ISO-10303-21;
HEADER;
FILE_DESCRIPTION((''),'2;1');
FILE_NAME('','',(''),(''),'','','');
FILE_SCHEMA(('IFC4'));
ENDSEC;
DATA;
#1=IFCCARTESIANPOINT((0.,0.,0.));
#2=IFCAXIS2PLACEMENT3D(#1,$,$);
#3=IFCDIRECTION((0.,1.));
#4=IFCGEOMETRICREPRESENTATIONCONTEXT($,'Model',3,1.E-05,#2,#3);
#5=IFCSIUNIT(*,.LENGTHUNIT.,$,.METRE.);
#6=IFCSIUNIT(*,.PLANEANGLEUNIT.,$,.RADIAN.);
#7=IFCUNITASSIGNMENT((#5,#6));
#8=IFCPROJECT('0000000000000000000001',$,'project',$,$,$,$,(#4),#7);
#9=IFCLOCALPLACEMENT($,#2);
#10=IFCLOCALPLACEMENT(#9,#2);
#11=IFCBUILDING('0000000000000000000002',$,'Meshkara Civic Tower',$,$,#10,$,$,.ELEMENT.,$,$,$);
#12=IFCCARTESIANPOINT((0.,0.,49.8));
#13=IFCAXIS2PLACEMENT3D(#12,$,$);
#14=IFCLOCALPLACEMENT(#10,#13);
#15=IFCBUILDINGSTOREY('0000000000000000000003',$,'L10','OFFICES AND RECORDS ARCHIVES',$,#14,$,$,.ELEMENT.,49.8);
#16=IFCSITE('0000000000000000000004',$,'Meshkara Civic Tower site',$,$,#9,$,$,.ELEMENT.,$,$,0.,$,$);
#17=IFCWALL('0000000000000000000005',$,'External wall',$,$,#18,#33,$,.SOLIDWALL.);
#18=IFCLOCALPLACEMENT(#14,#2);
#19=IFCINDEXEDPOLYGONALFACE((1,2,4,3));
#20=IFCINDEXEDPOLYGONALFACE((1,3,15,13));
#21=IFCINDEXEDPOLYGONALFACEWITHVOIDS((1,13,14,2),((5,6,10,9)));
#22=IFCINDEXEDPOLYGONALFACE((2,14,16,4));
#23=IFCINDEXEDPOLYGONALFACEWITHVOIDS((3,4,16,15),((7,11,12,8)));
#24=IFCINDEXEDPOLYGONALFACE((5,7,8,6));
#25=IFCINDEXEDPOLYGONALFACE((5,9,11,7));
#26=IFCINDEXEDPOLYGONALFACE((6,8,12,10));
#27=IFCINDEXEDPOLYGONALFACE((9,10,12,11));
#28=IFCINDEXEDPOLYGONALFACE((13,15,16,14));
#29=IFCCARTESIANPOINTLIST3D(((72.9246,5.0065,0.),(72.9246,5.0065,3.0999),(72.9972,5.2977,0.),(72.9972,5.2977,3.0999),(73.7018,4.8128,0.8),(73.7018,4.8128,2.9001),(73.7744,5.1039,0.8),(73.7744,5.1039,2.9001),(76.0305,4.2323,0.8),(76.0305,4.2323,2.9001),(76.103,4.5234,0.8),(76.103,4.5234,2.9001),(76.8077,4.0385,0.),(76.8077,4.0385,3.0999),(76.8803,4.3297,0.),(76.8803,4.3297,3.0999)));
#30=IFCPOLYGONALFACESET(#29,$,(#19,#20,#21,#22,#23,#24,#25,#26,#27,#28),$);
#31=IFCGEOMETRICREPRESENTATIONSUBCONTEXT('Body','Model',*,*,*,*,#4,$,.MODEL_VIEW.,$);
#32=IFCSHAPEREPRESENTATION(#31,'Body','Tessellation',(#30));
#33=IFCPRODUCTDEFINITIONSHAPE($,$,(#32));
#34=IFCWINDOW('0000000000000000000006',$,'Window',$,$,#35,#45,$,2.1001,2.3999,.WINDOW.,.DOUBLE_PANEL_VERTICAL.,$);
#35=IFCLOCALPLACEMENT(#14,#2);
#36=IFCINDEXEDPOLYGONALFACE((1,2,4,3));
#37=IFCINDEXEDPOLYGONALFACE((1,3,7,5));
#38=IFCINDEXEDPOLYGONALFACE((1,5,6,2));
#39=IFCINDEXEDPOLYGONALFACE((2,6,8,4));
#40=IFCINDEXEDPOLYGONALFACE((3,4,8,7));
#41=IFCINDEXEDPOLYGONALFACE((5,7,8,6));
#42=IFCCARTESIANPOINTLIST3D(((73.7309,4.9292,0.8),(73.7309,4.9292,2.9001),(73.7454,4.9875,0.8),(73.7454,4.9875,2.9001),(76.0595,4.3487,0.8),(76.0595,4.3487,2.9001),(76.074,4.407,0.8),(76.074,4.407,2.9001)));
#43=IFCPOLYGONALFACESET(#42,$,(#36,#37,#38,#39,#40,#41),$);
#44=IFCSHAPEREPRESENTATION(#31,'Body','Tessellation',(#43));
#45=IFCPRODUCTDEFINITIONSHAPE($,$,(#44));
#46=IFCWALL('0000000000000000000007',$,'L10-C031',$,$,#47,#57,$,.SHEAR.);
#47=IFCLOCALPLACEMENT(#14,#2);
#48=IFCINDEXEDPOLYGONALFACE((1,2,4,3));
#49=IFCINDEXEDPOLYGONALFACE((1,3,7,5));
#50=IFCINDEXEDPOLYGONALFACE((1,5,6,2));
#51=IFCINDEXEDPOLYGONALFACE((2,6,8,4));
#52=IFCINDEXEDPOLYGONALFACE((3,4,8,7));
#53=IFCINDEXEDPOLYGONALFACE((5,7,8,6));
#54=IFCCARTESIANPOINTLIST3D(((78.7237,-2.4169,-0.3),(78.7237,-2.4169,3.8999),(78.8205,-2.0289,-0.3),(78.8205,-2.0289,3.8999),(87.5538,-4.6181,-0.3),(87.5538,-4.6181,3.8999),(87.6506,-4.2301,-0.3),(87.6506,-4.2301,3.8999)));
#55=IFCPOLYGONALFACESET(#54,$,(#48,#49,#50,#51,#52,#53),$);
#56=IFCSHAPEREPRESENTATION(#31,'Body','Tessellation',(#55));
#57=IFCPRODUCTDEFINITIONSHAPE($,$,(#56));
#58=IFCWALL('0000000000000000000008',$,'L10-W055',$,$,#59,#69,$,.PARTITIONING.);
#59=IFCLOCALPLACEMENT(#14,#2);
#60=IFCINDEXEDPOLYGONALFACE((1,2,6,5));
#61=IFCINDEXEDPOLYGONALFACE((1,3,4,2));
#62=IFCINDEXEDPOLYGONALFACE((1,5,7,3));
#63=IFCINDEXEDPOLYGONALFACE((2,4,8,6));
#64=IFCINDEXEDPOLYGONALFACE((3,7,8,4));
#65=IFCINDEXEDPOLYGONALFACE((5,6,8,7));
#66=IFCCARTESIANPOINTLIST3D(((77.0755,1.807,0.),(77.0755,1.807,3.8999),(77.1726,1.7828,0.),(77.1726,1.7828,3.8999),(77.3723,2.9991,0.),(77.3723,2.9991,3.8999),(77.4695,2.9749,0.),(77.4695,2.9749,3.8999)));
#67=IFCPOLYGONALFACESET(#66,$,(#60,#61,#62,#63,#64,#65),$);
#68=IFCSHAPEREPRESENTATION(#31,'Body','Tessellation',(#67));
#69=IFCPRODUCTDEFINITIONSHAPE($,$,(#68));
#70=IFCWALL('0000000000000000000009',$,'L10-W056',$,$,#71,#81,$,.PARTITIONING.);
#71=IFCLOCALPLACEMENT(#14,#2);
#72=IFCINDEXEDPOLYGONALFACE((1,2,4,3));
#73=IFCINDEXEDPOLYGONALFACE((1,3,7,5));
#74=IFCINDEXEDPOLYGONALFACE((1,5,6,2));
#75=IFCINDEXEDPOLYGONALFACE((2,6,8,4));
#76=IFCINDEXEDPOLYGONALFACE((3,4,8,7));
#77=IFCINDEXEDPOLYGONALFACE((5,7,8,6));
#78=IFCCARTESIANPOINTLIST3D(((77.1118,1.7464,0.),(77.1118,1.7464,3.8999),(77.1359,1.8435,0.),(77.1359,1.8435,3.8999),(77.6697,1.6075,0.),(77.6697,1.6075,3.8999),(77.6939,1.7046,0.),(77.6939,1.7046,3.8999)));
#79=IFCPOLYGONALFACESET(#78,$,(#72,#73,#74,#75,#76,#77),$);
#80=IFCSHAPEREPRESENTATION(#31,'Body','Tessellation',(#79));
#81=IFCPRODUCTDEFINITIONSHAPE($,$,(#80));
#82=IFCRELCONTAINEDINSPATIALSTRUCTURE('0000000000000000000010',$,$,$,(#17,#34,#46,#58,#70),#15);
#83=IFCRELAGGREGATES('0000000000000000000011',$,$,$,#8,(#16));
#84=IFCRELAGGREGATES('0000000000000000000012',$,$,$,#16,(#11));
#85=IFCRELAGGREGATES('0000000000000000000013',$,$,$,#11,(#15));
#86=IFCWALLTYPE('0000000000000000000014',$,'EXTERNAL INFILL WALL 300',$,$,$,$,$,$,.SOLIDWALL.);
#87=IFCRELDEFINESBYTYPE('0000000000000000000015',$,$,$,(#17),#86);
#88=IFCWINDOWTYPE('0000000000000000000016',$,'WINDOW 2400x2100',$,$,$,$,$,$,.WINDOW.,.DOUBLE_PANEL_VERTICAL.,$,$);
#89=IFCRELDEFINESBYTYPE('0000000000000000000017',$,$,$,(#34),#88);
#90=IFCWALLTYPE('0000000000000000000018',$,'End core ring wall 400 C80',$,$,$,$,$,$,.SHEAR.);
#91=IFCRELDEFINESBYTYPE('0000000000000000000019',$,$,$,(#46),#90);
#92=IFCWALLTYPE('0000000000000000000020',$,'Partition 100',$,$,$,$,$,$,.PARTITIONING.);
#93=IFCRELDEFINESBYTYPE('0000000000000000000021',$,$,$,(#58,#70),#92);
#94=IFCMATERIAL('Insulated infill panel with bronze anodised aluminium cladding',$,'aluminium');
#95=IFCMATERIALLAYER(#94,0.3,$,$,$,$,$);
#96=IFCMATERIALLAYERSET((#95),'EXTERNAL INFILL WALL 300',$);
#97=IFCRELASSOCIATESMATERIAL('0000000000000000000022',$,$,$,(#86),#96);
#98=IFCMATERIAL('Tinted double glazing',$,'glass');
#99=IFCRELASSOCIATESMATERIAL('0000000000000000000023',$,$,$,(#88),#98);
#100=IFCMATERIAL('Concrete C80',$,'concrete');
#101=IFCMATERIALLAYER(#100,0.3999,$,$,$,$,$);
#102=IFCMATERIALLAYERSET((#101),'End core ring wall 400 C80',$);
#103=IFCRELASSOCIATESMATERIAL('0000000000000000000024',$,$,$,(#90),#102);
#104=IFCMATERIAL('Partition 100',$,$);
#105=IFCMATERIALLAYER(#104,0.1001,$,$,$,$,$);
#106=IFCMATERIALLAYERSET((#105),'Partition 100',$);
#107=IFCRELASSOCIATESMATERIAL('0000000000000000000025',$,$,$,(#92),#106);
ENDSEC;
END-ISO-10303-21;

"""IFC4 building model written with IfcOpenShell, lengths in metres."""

from ifc_helpers import new_model, si_unit, direction, frame, frame_2d, origin, place, context, subcontext, project, spatial, rectangle, extrude, material, layer, layer_set, type_object, element, fill, save


model = new_model("IFC4")

# Units and contexts
model_context = context("Model", 3, precision=1e-05, world=origin(), true_north=direction((0.0, 1.0)))
body_context = subcontext(model_context, "Body", "Model", "MODEL_VIEW")
ifc_project = project(units=[si_unit("LENGTHUNIT", "METRE"), si_unit("PLANEANGLEUNIT", "RADIAN")], contexts=[model_context])

# Site, building, storey
site_placement = place(None, origin())
site = spatial("IfcSite", under=ifc_project, at=site_placement, Name="Meshkara Civic Tower site", CompositionType="ELEMENT", RefElevation=0.0)
building_placement = place(site_placement, origin())
building = spatial("IfcBuilding", under=site, at=building_placement, Name="Meshkara Civic Tower", CompositionType="ELEMENT")
storey_placement = place(building_placement, frame((0.0, 0.0, 49.8)))
storey = spatial("IfcBuildingStorey", under=building, at=storey_placement, Name="L10", Description="OFFICES AND RECORDS ARCHIVES", CompositionType="ELEMENT", Elevation=49.8)

# Wall, opening, window
ifc_material_1 = material(Name="Insulated infill panel with bronze anodised aluminium cladding", Category="aluminium")
ifc_layer_1 = layer(ifc_material_1, 0.3)
ifc_layer_set_1 = layer_set([ifc_layer_1], Name="EXTERNAL INFILL WALL 300")
wall_type_1 = type_object("IfcWallType", Name="EXTERNAL INFILL WALL 300", PredefinedType="SOLIDWALL", material=ifc_layer_set_1)
wall_1_placement = place(storey_placement, frame((76.844, 4.1841, 0.0), z_axis=(0.0, 0.0, 1.0), x_axis=(-0.970304, 0.24189, 0.0)))
wall_1 = element("IfcWall", 1, at=wall_1_placement, inside=storey, type_object=wall_type_1, Name="External wall", PredefinedType="SOLIDWALL", context=body_context, shape_type="SweptSolid", body=[
    extrude(rectangle(XDim=4.002, YDim=0.3, at=frame_2d((2.001, 0.0))), origin(), (0.0, 0.0, 1.0), 3.0999),
])
opening_1_placement = place(wall_1_placement, frame((0.801, 0.0, 0.8)))
opening_1 = element("IfcOpeningElement", 2, at=opening_1_placement, cuts=wall_1, PredefinedType="OPENING", context=body_context, shape_type="SweptSolid", body=[
    extrude(rectangle(XDim=2.3999, YDim=2.1001, at=frame_2d((1.2, 1.05))), frame((0.0, 0.1599, 0.0), z_axis=(0.0, -1.0, 0.0), x_axis=(1.0, 0.0, 0.0)), (0.0, 0.0, 1.0), 0.3201),
])
ifc_material_2 = material(Name="Tinted double glazing", Category="glass")
window_type = type_object("IfcWindowType", Name="WINDOW 2400x2100", PartitioningType="DOUBLE_PANEL_VERTICAL", PredefinedType="WINDOW", material=ifc_material_2)
window_placement = place(opening_1_placement, origin())
window = element("IfcWindow", 3, at=window_placement, inside=storey, type_object=window_type, Name="Window", OverallHeight=2.1001, OverallWidth=2.3999, PartitioningType="DOUBLE_PANEL_VERTICAL", PredefinedType="WINDOW", context=body_context, shape_type="SweptSolid", body=[
    extrude(rectangle(XDim=2.3999, YDim=2.1001, at=frame_2d((1.2, 1.05))), frame((0.0, 0.03, 0.0), z_axis=(0.0, -1.0, 0.0), x_axis=(1.0, 0.0, 0.0)), (0.0, 0.0, 1.0), 0.0601),
])
fill(opening_1, window)

# Walls
ifc_material_3 = material(Name="Concrete C80", Category="concrete")
ifc_layer_2 = layer(ifc_material_3, 0.3999)
ifc_layer_set_2 = layer_set([ifc_layer_2], Name="End core ring wall 400 C80")
wall_type_2 = type_object("IfcWallType", Name="End core ring wall 400 C80", PredefinedType="SHEAR", material=ifc_layer_set_2)
wall_2_placement = place(storey_placement, frame((78.772, -2.2229, -0.3), z_axis=(0.0, 0.0, 1.0), x_axis=(0.970306, -0.241879, 0.0)))
element("IfcWall", 4, at=wall_2_placement, inside=storey, type_object=wall_type_2, Name="L10-C031", PredefinedType="SHEAR", context=body_context, shape_type="SweptSolid", body=[
    extrude(rectangle(XDim=9.1003, YDim=0.3999, at=frame_2d((4.5503, 0.0))), origin(), (0.0, 0.0, 1.0), 4.2),
])
ifc_material_4 = material(Name="Partition 100")
ifc_layer_3 = layer(ifc_material_4, 0.1001)
ifc_layer_set_3 = layer_set([ifc_layer_3], Name="Partition 100")
wall_type_3 = type_object("IfcWallType", Name="Partition 100", PredefinedType="PARTITIONING", material=ifc_layer_set_3)
wall_3_placement = place(storey_placement, frame((77.124, 1.7949, 0.0), z_axis=(0.0, 0.0, 1.0), x_axis=(0.241647, 0.970364, 0.0)))
element("IfcWall", 5, at=wall_3_placement, inside=storey, type_object=wall_type_3, Name="L10-W055", PredefinedType="PARTITIONING", context=body_context, shape_type="SweptSolid", body=[
    extrude(rectangle(XDim=1.2285, YDim=0.1001, at=frame_2d((0.6143, 0.0))), origin(), (0.0, 0.0, 1.0), 3.8999),
])
wall_4_placement = place(storey_placement, frame((77.6819, 1.656, 0.0), z_axis=(0.0, 0.0, 1.0), x_axis=(-0.970367, 0.241636, 0.0)))
element("IfcWall", 6, at=wall_4_placement, inside=storey, type_object=wall_type_3, Name="L10-W056", PredefinedType="PARTITIONING", context=body_context, shape_type="SweptSolid", body=[
    extrude(rectangle(XDim=0.575, YDim=0.1001, at=frame_2d((0.2876, 0.0))), origin(), (0.0, 0.0, 1.0), 3.8999),
])

save(model, "model.ifc")
